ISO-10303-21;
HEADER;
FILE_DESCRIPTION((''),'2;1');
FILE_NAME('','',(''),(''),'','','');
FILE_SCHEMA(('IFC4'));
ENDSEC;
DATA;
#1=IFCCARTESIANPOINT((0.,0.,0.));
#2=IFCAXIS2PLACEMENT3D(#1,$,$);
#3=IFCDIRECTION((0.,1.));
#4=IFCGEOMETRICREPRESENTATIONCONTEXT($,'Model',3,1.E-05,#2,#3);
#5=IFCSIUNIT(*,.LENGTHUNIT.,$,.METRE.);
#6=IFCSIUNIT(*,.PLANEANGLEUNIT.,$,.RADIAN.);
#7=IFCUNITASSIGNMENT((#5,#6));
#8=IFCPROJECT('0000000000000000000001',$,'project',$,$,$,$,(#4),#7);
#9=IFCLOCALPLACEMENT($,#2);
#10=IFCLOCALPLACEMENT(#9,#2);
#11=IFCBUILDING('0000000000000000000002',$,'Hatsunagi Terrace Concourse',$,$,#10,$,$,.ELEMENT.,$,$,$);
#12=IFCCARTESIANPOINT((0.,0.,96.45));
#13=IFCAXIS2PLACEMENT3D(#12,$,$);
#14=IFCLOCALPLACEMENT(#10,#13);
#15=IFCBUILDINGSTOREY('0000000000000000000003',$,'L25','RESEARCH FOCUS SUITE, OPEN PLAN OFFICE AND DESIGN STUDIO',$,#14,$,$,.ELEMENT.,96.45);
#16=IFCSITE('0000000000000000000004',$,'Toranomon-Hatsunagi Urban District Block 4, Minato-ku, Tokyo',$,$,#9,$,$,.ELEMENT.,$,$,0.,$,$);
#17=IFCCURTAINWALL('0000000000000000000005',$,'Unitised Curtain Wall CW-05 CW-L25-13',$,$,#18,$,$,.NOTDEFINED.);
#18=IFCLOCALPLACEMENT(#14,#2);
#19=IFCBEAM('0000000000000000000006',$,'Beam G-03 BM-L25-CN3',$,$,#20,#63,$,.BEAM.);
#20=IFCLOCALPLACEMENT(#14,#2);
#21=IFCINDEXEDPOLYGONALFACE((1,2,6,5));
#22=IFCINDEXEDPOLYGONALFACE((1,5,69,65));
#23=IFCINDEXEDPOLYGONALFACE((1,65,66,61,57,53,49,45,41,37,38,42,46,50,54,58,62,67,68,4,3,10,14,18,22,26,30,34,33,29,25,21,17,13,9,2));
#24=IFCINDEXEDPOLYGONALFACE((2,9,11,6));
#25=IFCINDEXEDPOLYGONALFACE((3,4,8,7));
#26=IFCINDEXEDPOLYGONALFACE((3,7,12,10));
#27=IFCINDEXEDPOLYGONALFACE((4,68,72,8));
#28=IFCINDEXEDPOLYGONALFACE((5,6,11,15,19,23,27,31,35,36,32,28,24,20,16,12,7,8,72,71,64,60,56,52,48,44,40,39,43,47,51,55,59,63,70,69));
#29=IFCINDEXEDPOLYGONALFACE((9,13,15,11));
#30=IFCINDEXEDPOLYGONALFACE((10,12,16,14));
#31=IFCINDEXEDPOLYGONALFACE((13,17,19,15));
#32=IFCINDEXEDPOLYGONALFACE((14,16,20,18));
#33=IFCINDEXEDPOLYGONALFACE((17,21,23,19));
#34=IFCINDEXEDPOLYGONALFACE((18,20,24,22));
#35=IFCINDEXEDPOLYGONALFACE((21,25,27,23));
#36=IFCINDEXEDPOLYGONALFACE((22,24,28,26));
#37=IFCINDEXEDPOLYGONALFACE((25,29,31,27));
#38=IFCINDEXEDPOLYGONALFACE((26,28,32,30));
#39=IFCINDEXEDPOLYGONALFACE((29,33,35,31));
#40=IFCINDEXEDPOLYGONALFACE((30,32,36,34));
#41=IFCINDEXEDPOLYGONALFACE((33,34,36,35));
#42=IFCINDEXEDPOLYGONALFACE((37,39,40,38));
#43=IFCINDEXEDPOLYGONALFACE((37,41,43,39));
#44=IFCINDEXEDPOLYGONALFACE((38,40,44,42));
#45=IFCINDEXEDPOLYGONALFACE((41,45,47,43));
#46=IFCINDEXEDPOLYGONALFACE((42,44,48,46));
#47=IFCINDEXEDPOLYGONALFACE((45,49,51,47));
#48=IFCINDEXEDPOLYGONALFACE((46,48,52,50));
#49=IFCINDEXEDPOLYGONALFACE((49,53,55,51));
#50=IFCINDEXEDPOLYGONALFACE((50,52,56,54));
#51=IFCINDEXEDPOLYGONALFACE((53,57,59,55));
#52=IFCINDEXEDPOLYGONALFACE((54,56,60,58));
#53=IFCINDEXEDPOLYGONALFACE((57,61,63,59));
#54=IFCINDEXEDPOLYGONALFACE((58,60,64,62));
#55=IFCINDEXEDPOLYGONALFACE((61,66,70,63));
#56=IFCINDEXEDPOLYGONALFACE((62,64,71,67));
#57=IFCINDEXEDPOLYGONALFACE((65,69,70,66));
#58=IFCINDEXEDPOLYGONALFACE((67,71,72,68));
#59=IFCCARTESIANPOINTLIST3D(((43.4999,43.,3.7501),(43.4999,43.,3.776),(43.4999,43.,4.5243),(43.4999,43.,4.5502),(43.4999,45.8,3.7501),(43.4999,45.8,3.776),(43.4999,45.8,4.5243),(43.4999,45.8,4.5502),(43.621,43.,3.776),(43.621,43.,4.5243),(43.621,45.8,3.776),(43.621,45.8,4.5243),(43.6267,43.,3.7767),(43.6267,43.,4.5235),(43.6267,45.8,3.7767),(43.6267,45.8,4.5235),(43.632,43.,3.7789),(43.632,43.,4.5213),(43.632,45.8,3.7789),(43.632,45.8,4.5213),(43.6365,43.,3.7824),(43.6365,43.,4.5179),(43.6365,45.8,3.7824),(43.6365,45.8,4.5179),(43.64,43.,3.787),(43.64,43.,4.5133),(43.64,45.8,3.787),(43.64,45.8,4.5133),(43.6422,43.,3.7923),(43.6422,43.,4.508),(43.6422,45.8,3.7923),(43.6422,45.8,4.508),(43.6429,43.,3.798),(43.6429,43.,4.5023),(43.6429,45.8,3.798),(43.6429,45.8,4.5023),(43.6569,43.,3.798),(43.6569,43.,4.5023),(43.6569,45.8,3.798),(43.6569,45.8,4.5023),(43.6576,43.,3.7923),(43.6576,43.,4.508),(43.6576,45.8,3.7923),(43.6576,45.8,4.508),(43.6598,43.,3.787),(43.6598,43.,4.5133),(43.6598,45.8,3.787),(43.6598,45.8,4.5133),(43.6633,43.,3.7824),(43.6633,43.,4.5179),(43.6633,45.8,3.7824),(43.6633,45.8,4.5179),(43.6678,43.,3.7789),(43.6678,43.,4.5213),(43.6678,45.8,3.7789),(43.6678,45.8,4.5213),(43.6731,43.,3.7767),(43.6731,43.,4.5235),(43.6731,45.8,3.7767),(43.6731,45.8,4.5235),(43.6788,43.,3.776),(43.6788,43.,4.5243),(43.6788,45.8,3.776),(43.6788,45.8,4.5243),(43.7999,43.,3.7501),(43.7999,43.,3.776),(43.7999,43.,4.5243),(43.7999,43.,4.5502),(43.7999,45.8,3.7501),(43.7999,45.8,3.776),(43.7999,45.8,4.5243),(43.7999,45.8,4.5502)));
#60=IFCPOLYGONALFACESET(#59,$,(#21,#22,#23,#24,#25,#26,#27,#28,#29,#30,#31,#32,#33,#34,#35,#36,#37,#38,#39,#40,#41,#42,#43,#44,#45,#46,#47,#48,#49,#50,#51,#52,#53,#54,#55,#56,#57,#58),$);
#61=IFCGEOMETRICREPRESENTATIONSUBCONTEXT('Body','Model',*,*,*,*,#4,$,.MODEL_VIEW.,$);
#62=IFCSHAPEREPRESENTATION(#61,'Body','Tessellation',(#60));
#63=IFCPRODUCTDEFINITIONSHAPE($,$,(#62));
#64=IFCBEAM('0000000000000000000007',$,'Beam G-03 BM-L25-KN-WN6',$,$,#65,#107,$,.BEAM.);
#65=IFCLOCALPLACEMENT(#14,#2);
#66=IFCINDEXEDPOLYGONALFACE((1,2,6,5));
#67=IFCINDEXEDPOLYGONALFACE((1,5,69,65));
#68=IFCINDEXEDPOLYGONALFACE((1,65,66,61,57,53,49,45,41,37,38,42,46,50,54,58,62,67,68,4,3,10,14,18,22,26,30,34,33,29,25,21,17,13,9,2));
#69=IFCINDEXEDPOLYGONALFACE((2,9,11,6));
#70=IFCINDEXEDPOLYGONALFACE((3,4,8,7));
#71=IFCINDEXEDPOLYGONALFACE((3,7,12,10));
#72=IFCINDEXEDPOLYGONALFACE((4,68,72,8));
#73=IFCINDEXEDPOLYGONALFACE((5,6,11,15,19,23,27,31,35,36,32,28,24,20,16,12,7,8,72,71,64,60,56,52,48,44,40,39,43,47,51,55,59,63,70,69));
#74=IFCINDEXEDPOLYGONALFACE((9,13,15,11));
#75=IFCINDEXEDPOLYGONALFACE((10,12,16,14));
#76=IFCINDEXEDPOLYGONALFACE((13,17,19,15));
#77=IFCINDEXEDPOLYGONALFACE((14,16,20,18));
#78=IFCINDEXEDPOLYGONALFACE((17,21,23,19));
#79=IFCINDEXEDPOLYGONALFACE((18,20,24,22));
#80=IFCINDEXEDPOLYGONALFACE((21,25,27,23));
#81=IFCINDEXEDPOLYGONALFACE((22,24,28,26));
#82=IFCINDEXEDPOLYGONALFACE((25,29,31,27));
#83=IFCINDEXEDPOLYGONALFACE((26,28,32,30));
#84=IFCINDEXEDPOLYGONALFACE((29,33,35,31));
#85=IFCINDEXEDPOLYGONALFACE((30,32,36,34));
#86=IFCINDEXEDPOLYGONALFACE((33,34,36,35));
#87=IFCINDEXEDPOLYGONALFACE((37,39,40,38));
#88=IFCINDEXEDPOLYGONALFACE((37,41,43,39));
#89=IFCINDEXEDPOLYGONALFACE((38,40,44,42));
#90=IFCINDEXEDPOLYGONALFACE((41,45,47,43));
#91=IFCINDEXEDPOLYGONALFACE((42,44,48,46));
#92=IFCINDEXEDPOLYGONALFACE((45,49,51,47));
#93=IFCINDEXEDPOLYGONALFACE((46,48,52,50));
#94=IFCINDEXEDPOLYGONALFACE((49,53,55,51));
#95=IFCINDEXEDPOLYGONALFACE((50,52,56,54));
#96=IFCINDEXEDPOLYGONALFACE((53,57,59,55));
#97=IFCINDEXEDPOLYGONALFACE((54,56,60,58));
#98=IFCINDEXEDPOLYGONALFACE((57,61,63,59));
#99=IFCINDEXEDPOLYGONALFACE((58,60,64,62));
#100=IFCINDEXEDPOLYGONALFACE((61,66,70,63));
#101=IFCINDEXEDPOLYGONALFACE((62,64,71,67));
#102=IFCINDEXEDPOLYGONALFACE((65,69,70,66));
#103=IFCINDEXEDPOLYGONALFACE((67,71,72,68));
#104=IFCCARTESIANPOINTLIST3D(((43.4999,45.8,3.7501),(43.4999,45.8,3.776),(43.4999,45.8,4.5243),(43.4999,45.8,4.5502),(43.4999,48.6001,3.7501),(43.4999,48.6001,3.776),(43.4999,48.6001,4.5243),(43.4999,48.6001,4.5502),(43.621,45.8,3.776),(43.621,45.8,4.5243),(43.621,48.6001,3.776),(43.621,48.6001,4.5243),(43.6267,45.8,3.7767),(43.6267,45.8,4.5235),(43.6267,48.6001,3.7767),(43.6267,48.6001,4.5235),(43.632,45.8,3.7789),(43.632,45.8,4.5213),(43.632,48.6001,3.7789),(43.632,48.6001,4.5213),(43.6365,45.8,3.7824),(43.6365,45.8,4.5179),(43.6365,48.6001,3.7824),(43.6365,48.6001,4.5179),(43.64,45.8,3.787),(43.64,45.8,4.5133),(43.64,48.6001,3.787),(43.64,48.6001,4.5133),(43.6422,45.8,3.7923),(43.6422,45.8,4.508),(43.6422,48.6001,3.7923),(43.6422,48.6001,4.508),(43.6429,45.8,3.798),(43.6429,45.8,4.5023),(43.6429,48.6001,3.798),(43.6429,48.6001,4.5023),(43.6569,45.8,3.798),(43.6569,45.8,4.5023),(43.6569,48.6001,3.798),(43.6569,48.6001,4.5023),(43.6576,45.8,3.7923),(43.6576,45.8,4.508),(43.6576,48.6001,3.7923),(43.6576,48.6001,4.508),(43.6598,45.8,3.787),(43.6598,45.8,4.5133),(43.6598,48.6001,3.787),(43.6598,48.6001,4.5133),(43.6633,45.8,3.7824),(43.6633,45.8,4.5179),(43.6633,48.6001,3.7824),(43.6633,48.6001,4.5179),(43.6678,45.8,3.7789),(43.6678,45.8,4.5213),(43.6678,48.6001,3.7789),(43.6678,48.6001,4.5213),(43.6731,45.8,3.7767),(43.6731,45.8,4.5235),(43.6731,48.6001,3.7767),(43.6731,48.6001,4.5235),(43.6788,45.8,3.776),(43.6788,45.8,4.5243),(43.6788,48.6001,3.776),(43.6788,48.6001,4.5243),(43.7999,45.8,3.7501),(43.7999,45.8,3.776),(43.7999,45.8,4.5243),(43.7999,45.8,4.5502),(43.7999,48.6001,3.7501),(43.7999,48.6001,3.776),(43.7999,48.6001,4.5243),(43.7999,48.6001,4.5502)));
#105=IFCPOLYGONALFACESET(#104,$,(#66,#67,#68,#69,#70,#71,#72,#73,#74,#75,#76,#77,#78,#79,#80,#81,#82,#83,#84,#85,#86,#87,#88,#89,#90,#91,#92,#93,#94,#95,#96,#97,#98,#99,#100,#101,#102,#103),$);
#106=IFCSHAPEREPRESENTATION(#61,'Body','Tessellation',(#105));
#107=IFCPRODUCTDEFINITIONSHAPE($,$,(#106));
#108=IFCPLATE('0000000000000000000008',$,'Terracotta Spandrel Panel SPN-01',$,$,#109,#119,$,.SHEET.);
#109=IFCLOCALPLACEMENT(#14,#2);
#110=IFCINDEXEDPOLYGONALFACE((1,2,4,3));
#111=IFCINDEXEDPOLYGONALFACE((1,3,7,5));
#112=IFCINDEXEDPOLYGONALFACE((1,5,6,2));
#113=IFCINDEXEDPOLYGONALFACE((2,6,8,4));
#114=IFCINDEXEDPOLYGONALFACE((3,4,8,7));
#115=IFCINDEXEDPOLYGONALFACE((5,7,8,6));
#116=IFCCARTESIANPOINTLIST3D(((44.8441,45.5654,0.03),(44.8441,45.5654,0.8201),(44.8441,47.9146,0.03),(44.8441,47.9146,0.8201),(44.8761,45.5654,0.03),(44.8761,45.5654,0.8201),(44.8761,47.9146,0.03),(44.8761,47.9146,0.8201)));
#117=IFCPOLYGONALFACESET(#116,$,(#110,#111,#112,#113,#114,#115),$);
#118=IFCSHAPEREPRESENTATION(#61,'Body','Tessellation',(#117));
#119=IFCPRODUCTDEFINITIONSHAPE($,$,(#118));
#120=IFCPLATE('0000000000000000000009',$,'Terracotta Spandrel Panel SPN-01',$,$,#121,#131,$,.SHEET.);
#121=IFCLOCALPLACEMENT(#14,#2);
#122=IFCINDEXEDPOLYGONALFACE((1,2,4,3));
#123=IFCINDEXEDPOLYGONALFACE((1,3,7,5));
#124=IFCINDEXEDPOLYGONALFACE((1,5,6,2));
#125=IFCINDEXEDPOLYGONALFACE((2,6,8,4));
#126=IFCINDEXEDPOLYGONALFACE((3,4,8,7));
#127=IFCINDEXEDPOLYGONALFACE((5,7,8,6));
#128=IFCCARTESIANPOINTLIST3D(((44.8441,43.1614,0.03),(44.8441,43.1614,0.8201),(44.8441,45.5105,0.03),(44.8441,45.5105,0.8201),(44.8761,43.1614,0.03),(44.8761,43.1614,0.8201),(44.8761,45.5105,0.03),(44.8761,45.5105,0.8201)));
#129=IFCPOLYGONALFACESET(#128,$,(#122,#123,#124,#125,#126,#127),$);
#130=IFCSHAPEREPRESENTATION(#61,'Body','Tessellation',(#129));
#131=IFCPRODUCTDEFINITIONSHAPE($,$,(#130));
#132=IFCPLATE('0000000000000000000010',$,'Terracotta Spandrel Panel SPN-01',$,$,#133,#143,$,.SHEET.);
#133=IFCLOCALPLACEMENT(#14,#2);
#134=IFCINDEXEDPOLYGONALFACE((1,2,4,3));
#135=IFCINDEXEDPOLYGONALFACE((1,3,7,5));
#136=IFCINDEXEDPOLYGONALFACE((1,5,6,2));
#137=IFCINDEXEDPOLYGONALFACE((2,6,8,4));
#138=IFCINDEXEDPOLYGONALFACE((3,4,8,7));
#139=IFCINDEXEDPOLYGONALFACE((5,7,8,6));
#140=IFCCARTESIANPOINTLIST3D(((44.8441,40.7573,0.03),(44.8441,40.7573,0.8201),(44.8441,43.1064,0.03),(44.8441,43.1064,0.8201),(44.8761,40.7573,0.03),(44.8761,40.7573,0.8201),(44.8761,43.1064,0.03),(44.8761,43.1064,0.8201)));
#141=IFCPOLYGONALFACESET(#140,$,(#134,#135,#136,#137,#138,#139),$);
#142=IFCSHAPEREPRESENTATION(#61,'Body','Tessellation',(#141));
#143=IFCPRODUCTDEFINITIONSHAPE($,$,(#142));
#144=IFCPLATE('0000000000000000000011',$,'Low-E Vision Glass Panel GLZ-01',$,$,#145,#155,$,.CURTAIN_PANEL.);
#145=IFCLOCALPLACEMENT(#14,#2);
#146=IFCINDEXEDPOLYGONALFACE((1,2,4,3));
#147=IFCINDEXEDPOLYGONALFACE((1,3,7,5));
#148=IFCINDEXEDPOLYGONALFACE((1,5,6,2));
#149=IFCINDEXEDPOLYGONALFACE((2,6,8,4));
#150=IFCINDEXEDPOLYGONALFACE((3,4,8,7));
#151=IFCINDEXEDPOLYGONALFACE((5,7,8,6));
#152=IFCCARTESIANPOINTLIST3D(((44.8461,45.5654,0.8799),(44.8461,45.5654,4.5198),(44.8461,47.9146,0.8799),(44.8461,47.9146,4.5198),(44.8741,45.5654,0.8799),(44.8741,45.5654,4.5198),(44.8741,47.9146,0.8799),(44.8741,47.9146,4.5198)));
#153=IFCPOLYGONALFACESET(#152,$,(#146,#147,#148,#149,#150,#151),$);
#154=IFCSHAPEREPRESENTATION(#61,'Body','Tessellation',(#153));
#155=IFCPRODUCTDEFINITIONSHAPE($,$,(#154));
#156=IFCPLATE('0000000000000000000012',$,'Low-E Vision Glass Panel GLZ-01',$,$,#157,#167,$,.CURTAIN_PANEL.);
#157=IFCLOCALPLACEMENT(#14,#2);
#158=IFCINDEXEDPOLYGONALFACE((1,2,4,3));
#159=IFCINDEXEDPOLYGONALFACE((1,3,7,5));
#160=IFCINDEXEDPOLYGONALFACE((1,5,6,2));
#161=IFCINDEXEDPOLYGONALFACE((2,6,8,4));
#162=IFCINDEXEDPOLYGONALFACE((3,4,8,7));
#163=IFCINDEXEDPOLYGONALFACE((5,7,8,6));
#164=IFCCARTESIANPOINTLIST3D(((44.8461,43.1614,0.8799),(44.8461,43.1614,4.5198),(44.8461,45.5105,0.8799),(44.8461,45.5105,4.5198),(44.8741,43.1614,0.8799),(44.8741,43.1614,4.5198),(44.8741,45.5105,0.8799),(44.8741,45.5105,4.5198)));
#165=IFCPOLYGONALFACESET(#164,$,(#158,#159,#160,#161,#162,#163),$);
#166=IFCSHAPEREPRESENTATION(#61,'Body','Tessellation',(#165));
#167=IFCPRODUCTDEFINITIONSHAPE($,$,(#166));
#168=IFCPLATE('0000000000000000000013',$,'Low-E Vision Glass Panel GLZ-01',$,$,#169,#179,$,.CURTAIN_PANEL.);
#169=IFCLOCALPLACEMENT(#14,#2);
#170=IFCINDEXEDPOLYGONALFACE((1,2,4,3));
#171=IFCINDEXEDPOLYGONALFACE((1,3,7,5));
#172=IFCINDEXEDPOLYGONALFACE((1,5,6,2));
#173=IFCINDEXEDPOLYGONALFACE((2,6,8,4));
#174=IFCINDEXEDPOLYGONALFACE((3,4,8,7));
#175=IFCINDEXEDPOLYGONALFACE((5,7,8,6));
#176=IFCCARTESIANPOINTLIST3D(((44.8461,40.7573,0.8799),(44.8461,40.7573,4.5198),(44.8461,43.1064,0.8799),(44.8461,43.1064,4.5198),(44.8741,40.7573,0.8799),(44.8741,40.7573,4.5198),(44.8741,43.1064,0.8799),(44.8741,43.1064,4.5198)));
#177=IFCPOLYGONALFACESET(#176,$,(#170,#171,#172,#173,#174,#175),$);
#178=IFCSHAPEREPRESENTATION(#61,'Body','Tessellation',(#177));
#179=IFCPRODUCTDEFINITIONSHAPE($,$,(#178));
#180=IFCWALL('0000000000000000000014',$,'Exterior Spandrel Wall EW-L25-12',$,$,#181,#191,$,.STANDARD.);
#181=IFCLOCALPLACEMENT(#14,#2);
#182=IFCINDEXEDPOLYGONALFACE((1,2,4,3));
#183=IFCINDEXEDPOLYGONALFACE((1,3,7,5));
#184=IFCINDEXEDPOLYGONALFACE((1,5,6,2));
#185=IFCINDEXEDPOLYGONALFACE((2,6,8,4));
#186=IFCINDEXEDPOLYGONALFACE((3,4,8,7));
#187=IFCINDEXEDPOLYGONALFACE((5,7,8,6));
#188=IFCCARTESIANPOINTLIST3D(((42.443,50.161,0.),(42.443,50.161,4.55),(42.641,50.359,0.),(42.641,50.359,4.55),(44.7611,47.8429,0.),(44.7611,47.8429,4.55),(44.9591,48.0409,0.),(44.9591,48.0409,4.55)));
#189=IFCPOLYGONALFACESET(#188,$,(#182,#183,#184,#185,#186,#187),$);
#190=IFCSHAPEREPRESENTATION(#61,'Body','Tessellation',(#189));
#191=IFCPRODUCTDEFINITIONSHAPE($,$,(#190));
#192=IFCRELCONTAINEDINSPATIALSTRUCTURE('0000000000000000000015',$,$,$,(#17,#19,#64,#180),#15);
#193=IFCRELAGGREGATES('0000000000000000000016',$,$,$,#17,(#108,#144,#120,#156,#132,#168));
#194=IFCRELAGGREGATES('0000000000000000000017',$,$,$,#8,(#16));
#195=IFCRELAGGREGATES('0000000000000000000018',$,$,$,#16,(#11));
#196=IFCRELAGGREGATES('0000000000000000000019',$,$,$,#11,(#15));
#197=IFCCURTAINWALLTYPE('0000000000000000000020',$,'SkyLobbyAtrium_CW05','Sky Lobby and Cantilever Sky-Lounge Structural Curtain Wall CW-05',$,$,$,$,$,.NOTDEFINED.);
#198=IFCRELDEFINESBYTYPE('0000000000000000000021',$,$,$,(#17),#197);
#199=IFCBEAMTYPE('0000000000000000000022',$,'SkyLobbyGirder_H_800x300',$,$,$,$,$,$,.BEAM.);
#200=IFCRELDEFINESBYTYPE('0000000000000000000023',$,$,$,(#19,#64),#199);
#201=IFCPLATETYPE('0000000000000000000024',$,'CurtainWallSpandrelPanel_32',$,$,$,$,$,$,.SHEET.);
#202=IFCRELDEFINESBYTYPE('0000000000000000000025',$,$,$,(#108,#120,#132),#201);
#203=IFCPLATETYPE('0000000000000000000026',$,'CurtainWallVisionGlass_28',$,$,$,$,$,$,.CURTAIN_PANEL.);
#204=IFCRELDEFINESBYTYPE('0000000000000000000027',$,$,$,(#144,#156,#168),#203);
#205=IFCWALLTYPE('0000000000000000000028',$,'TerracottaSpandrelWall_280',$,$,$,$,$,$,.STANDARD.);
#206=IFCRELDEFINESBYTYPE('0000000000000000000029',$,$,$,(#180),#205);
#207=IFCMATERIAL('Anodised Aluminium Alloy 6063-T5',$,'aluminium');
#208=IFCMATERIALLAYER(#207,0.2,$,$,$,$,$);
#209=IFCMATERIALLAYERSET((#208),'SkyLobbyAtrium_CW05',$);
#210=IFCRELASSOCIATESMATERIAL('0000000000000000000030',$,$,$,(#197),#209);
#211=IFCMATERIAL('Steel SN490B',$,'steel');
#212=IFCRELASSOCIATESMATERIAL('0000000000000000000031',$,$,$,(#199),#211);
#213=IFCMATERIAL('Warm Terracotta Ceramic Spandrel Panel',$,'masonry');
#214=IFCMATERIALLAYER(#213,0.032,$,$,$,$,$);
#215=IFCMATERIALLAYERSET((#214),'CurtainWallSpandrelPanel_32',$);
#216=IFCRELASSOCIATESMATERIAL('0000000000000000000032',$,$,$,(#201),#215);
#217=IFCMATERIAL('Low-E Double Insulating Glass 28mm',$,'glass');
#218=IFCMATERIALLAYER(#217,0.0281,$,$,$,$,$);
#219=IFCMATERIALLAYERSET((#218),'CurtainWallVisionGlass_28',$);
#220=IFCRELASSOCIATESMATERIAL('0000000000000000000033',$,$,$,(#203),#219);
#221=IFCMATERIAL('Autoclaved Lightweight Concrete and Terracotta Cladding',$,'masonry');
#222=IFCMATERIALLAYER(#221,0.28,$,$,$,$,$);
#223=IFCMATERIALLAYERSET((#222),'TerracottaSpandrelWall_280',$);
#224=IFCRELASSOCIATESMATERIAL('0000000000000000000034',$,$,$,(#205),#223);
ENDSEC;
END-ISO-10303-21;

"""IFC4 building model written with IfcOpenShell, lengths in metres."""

from ifc_helpers import new_model, si_unit, direction, frame, frame_2d, origin, origin_2d, place, context, subcontext, project, spatial, rectangle, i_section, extrude, material, layer, layer_set, material_profile, profile_set, type_object, element, aggregate, save


model = new_model("IFC4")

# Units and contexts
model_context = context("Model", 3, precision=1e-05, world=origin(), true_north=direction((0.0, 1.0)))
body_context = subcontext(model_context, "Body", "Model", "MODEL_VIEW")
ifc_project = project(units=[si_unit("LENGTHUNIT", "METRE"), si_unit("PLANEANGLEUNIT", "RADIAN")], contexts=[model_context])

# Site, building, storey
site_placement = place(None, origin())
site = spatial("IfcSite", under=ifc_project, at=site_placement, Name="Toranomon-Hatsunagi Urban District Block 4, Minato-ku, Tokyo", CompositionType="ELEMENT", RefElevation=0.0)
building_placement = place(site_placement, origin())
building = spatial("IfcBuilding", under=site, at=building_placement, Name="Hatsunagi Terrace Concourse", CompositionType="ELEMENT")
storey_placement = place(building_placement, frame((0.0, 0.0, 96.45)))
storey = spatial("IfcBuildingStorey", under=building, at=storey_placement, Name="L25", Description="RESEARCH FOCUS SUITE, OPEN PLAN OFFICE AND DESIGN STUDIO", CompositionType="ELEMENT", Elevation=96.45)

# Curtain wall
ifc_material_1 = material(Name="Anodised Aluminium Alloy 6063-T5", Category="aluminium")
ifc_layer_1 = layer(ifc_material_1, 0.2)
ifc_layer_set_1 = layer_set([ifc_layer_1], Name="SkyLobbyAtrium_CW05")
curtain_wall_type = type_object("IfcCurtainWallType", Name="SkyLobbyAtrium_CW05", Description="Sky Lobby and Cantilever Sky-Lounge Structural Curtain Wall CW-05", PredefinedType="NOTDEFINED", material=ifc_layer_set_1)
curtain_wall_placement = place(storey_placement, origin())
curtain_wall = element("IfcCurtainWall", 1, at=curtain_wall_placement, inside=storey, type_object=curtain_wall_type, Name="Unitised Curtain Wall CW-05 CW-L25-13", PredefinedType="NOTDEFINED")

# Beams
ifc_material_2 = material(Name="Steel SN490B", Category="steel")
ifc_material_profile_1 = material_profile(ifc_material_2, i_section(OverallWidth=0.3, OverallDepth=0.8, WebThickness=0.0139, FlangeThickness=0.0259, FilletRadius=0.022, at=origin_2d()), Name="H-800x300x14x26")
ifc_profile_set_1 = profile_set([ifc_material_profile_1], Name="Steel SN490B")
beam_type = type_object("IfcBeamType", Name="SkyLobbyGirder_H_800x300", PredefinedType="BEAM", material=ifc_profile_set_1)
for number, where, z_axis, x_axis, name in (
    (2, (43.6499, 43.0, 4.1501), (0.0, 1.0, 0.0), (-1.0, 0.0, 0.0), "Beam G-03 BM-L25-CN3"),
    (3, (43.6499, 45.8, 4.1501), (0.0, 1.0, 0.0), (-1.0, 0.0, 0.0), "Beam G-03 BM-L25-KN-WN6"),
):
    element("IfcBeam", number, at=place(storey_placement, frame(where, z_axis=z_axis, x_axis=x_axis)), inside=storey, type_object=beam_type, Name=name, PredefinedType="BEAM", context=body_context, shape_type="SweptSolid", body=[
        extrude(i_section(OverallWidth=0.3, OverallDepth=0.8, WebThickness=0.0139, FlangeThickness=0.0259, FilletRadius=0.022, at=origin_2d()), origin(), (0.0, 0.0, 1.0), 2.8),
    ])

# Plates
ifc_material_3 = material(Name="Warm Terracotta Ceramic Spandrel Panel", Category="masonry")
ifc_layer_2 = layer(ifc_material_3, 0.032)
ifc_layer_set_2 = layer_set([ifc_layer_2], Name="CurtainWallSpandrelPanel_32")
plate_type_1 = type_object("IfcPlateType", Name="CurtainWallSpandrelPanel_32", PredefinedType="SHEET", material=ifc_layer_set_2)
plate_1_placement = place(storey_placement, frame((44.8601, 46.74, 0.03), z_axis=(0.0, 0.0, 1.0), x_axis=(0.0, -1.0, 0.0)))
plate_1 = element("IfcPlate", 4, at=plate_1_placement, type_object=plate_type_1, Name="Terracotta Spandrel Panel SPN-01", PredefinedType="SHEET", context=body_context, shape_type="SweptSolid", body=[
    extrude(rectangle(XDim=2.3491, YDim=0.032, at=origin_2d()), origin(), (0.0, 0.0, 1.0), 0.79),
])
plate_2_placement = place(storey_placement, frame((44.8601, 44.3359, 0.03), z_axis=(0.0, 0.0, 1.0), x_axis=(0.0, -1.0, 0.0)))
plate_2 = element("IfcPlate", 5, at=plate_2_placement, type_object=plate_type_1, Name="Terracotta Spandrel Panel SPN-01", PredefinedType="SHEET", context=body_context, shape_type="SweptSolid", body=[
    extrude(rectangle(XDim=2.3491, YDim=0.032, at=origin_2d()), origin(), (0.0, 0.0, 1.0), 0.79),
])
plate_3_placement = place(storey_placement, frame((44.8601, 41.9319, 0.03), z_axis=(0.0, 0.0, 1.0), x_axis=(0.0, -1.0, 0.0)))
plate_3 = element("IfcPlate", 6, at=plate_3_placement, type_object=plate_type_1, Name="Terracotta Spandrel Panel SPN-01", PredefinedType="SHEET", context=body_context, shape_type="SweptSolid", body=[
    extrude(rectangle(XDim=2.3491, YDim=0.032, at=origin_2d()), origin(), (0.0, 0.0, 1.0), 0.79),
])
ifc_material_4 = material(Name="Low-E Double Insulating Glass 28mm", Category="glass")
ifc_layer_3 = layer(ifc_material_4, 0.0281)
ifc_layer_set_3 = layer_set([ifc_layer_3], Name="CurtainWallVisionGlass_28")
plate_type_2 = type_object("IfcPlateType", Name="CurtainWallVisionGlass_28", PredefinedType="CURTAIN_PANEL", material=ifc_layer_set_3)
plate_4_placement = place(storey_placement, frame((44.8601, 46.74, 0.8799), z_axis=(0.0, 0.0, 1.0), x_axis=(0.0, -1.0, 0.0)))
plate_4 = element("IfcPlate", 7, at=plate_4_placement, type_object=plate_type_2, Name="Low-E Vision Glass Panel GLZ-01", PredefinedType="CURTAIN_PANEL", context=body_context, shape_type="SweptSolid", body=[
    extrude(rectangle(XDim=2.3491, YDim=0.0281, at=origin_2d()), origin(), (0.0, 0.0, 1.0), 3.6399),
])
plate_5_placement = place(storey_placement, frame((44.8601, 44.3359, 0.8799), z_axis=(0.0, 0.0, 1.0), x_axis=(0.0, -1.0, 0.0)))
plate_5 = element("IfcPlate", 8, at=plate_5_placement, type_object=plate_type_2, Name="Low-E Vision Glass Panel GLZ-01", PredefinedType="CURTAIN_PANEL", context=body_context, shape_type="SweptSolid", body=[
    extrude(rectangle(XDim=2.3491, YDim=0.0281, at=origin_2d()), origin(), (0.0, 0.0, 1.0), 3.6399),
])
plate_6_placement = place(storey_placement, frame((44.8601, 41.9319, 0.8799), z_axis=(0.0, 0.0, 1.0), x_axis=(0.0, -1.0, 0.0)))
plate_6 = element("IfcPlate", 9, at=plate_6_placement, type_object=plate_type_2, Name="Low-E Vision Glass Panel GLZ-01", PredefinedType="CURTAIN_PANEL", context=body_context, shape_type="SweptSolid", body=[
    extrude(rectangle(XDim=2.3491, YDim=0.0281, at=origin_2d()), origin(), (0.0, 0.0, 1.0), 3.6399),
])
aggregate(curtain_wall, [plate_1, plate_4, plate_2, plate_5, plate_3, plate_6])

# Wall
ifc_material_5 = material(Name="Autoclaved Lightweight Concrete and Terracotta Cladding", Category="masonry")
ifc_layer_4 = layer(ifc_material_5, 0.28)
ifc_layer_set_4 = layer_set([ifc_layer_4], Name="TerracottaSpandrelWall_280")
wall_type = type_object("IfcWallType", Name="TerracottaSpandrelWall_280", PredefinedType="STANDARD", material=ifc_layer_set_4)
wall_placement = place(storey_placement, frame((42.542, 50.26, 0.0), z_axis=(0.0, 0.0, 1.0), x_axis=(0.707107, -0.707107, 0.0)))
element("IfcWall", 10, at=wall_placement, inside=storey, type_object=wall_type, Name="Exterior Spandrel Wall EW-L25-12", PredefinedType="STANDARD", context=body_context, shape_type="SweptSolid", body=[
    extrude(rectangle(XDim=3.2783, YDim=0.28, at=frame_2d((1.6392, 0.0))), origin(), (0.0, 0.0, 1.0), 4.55),
])

save(model, "model.ifc")
